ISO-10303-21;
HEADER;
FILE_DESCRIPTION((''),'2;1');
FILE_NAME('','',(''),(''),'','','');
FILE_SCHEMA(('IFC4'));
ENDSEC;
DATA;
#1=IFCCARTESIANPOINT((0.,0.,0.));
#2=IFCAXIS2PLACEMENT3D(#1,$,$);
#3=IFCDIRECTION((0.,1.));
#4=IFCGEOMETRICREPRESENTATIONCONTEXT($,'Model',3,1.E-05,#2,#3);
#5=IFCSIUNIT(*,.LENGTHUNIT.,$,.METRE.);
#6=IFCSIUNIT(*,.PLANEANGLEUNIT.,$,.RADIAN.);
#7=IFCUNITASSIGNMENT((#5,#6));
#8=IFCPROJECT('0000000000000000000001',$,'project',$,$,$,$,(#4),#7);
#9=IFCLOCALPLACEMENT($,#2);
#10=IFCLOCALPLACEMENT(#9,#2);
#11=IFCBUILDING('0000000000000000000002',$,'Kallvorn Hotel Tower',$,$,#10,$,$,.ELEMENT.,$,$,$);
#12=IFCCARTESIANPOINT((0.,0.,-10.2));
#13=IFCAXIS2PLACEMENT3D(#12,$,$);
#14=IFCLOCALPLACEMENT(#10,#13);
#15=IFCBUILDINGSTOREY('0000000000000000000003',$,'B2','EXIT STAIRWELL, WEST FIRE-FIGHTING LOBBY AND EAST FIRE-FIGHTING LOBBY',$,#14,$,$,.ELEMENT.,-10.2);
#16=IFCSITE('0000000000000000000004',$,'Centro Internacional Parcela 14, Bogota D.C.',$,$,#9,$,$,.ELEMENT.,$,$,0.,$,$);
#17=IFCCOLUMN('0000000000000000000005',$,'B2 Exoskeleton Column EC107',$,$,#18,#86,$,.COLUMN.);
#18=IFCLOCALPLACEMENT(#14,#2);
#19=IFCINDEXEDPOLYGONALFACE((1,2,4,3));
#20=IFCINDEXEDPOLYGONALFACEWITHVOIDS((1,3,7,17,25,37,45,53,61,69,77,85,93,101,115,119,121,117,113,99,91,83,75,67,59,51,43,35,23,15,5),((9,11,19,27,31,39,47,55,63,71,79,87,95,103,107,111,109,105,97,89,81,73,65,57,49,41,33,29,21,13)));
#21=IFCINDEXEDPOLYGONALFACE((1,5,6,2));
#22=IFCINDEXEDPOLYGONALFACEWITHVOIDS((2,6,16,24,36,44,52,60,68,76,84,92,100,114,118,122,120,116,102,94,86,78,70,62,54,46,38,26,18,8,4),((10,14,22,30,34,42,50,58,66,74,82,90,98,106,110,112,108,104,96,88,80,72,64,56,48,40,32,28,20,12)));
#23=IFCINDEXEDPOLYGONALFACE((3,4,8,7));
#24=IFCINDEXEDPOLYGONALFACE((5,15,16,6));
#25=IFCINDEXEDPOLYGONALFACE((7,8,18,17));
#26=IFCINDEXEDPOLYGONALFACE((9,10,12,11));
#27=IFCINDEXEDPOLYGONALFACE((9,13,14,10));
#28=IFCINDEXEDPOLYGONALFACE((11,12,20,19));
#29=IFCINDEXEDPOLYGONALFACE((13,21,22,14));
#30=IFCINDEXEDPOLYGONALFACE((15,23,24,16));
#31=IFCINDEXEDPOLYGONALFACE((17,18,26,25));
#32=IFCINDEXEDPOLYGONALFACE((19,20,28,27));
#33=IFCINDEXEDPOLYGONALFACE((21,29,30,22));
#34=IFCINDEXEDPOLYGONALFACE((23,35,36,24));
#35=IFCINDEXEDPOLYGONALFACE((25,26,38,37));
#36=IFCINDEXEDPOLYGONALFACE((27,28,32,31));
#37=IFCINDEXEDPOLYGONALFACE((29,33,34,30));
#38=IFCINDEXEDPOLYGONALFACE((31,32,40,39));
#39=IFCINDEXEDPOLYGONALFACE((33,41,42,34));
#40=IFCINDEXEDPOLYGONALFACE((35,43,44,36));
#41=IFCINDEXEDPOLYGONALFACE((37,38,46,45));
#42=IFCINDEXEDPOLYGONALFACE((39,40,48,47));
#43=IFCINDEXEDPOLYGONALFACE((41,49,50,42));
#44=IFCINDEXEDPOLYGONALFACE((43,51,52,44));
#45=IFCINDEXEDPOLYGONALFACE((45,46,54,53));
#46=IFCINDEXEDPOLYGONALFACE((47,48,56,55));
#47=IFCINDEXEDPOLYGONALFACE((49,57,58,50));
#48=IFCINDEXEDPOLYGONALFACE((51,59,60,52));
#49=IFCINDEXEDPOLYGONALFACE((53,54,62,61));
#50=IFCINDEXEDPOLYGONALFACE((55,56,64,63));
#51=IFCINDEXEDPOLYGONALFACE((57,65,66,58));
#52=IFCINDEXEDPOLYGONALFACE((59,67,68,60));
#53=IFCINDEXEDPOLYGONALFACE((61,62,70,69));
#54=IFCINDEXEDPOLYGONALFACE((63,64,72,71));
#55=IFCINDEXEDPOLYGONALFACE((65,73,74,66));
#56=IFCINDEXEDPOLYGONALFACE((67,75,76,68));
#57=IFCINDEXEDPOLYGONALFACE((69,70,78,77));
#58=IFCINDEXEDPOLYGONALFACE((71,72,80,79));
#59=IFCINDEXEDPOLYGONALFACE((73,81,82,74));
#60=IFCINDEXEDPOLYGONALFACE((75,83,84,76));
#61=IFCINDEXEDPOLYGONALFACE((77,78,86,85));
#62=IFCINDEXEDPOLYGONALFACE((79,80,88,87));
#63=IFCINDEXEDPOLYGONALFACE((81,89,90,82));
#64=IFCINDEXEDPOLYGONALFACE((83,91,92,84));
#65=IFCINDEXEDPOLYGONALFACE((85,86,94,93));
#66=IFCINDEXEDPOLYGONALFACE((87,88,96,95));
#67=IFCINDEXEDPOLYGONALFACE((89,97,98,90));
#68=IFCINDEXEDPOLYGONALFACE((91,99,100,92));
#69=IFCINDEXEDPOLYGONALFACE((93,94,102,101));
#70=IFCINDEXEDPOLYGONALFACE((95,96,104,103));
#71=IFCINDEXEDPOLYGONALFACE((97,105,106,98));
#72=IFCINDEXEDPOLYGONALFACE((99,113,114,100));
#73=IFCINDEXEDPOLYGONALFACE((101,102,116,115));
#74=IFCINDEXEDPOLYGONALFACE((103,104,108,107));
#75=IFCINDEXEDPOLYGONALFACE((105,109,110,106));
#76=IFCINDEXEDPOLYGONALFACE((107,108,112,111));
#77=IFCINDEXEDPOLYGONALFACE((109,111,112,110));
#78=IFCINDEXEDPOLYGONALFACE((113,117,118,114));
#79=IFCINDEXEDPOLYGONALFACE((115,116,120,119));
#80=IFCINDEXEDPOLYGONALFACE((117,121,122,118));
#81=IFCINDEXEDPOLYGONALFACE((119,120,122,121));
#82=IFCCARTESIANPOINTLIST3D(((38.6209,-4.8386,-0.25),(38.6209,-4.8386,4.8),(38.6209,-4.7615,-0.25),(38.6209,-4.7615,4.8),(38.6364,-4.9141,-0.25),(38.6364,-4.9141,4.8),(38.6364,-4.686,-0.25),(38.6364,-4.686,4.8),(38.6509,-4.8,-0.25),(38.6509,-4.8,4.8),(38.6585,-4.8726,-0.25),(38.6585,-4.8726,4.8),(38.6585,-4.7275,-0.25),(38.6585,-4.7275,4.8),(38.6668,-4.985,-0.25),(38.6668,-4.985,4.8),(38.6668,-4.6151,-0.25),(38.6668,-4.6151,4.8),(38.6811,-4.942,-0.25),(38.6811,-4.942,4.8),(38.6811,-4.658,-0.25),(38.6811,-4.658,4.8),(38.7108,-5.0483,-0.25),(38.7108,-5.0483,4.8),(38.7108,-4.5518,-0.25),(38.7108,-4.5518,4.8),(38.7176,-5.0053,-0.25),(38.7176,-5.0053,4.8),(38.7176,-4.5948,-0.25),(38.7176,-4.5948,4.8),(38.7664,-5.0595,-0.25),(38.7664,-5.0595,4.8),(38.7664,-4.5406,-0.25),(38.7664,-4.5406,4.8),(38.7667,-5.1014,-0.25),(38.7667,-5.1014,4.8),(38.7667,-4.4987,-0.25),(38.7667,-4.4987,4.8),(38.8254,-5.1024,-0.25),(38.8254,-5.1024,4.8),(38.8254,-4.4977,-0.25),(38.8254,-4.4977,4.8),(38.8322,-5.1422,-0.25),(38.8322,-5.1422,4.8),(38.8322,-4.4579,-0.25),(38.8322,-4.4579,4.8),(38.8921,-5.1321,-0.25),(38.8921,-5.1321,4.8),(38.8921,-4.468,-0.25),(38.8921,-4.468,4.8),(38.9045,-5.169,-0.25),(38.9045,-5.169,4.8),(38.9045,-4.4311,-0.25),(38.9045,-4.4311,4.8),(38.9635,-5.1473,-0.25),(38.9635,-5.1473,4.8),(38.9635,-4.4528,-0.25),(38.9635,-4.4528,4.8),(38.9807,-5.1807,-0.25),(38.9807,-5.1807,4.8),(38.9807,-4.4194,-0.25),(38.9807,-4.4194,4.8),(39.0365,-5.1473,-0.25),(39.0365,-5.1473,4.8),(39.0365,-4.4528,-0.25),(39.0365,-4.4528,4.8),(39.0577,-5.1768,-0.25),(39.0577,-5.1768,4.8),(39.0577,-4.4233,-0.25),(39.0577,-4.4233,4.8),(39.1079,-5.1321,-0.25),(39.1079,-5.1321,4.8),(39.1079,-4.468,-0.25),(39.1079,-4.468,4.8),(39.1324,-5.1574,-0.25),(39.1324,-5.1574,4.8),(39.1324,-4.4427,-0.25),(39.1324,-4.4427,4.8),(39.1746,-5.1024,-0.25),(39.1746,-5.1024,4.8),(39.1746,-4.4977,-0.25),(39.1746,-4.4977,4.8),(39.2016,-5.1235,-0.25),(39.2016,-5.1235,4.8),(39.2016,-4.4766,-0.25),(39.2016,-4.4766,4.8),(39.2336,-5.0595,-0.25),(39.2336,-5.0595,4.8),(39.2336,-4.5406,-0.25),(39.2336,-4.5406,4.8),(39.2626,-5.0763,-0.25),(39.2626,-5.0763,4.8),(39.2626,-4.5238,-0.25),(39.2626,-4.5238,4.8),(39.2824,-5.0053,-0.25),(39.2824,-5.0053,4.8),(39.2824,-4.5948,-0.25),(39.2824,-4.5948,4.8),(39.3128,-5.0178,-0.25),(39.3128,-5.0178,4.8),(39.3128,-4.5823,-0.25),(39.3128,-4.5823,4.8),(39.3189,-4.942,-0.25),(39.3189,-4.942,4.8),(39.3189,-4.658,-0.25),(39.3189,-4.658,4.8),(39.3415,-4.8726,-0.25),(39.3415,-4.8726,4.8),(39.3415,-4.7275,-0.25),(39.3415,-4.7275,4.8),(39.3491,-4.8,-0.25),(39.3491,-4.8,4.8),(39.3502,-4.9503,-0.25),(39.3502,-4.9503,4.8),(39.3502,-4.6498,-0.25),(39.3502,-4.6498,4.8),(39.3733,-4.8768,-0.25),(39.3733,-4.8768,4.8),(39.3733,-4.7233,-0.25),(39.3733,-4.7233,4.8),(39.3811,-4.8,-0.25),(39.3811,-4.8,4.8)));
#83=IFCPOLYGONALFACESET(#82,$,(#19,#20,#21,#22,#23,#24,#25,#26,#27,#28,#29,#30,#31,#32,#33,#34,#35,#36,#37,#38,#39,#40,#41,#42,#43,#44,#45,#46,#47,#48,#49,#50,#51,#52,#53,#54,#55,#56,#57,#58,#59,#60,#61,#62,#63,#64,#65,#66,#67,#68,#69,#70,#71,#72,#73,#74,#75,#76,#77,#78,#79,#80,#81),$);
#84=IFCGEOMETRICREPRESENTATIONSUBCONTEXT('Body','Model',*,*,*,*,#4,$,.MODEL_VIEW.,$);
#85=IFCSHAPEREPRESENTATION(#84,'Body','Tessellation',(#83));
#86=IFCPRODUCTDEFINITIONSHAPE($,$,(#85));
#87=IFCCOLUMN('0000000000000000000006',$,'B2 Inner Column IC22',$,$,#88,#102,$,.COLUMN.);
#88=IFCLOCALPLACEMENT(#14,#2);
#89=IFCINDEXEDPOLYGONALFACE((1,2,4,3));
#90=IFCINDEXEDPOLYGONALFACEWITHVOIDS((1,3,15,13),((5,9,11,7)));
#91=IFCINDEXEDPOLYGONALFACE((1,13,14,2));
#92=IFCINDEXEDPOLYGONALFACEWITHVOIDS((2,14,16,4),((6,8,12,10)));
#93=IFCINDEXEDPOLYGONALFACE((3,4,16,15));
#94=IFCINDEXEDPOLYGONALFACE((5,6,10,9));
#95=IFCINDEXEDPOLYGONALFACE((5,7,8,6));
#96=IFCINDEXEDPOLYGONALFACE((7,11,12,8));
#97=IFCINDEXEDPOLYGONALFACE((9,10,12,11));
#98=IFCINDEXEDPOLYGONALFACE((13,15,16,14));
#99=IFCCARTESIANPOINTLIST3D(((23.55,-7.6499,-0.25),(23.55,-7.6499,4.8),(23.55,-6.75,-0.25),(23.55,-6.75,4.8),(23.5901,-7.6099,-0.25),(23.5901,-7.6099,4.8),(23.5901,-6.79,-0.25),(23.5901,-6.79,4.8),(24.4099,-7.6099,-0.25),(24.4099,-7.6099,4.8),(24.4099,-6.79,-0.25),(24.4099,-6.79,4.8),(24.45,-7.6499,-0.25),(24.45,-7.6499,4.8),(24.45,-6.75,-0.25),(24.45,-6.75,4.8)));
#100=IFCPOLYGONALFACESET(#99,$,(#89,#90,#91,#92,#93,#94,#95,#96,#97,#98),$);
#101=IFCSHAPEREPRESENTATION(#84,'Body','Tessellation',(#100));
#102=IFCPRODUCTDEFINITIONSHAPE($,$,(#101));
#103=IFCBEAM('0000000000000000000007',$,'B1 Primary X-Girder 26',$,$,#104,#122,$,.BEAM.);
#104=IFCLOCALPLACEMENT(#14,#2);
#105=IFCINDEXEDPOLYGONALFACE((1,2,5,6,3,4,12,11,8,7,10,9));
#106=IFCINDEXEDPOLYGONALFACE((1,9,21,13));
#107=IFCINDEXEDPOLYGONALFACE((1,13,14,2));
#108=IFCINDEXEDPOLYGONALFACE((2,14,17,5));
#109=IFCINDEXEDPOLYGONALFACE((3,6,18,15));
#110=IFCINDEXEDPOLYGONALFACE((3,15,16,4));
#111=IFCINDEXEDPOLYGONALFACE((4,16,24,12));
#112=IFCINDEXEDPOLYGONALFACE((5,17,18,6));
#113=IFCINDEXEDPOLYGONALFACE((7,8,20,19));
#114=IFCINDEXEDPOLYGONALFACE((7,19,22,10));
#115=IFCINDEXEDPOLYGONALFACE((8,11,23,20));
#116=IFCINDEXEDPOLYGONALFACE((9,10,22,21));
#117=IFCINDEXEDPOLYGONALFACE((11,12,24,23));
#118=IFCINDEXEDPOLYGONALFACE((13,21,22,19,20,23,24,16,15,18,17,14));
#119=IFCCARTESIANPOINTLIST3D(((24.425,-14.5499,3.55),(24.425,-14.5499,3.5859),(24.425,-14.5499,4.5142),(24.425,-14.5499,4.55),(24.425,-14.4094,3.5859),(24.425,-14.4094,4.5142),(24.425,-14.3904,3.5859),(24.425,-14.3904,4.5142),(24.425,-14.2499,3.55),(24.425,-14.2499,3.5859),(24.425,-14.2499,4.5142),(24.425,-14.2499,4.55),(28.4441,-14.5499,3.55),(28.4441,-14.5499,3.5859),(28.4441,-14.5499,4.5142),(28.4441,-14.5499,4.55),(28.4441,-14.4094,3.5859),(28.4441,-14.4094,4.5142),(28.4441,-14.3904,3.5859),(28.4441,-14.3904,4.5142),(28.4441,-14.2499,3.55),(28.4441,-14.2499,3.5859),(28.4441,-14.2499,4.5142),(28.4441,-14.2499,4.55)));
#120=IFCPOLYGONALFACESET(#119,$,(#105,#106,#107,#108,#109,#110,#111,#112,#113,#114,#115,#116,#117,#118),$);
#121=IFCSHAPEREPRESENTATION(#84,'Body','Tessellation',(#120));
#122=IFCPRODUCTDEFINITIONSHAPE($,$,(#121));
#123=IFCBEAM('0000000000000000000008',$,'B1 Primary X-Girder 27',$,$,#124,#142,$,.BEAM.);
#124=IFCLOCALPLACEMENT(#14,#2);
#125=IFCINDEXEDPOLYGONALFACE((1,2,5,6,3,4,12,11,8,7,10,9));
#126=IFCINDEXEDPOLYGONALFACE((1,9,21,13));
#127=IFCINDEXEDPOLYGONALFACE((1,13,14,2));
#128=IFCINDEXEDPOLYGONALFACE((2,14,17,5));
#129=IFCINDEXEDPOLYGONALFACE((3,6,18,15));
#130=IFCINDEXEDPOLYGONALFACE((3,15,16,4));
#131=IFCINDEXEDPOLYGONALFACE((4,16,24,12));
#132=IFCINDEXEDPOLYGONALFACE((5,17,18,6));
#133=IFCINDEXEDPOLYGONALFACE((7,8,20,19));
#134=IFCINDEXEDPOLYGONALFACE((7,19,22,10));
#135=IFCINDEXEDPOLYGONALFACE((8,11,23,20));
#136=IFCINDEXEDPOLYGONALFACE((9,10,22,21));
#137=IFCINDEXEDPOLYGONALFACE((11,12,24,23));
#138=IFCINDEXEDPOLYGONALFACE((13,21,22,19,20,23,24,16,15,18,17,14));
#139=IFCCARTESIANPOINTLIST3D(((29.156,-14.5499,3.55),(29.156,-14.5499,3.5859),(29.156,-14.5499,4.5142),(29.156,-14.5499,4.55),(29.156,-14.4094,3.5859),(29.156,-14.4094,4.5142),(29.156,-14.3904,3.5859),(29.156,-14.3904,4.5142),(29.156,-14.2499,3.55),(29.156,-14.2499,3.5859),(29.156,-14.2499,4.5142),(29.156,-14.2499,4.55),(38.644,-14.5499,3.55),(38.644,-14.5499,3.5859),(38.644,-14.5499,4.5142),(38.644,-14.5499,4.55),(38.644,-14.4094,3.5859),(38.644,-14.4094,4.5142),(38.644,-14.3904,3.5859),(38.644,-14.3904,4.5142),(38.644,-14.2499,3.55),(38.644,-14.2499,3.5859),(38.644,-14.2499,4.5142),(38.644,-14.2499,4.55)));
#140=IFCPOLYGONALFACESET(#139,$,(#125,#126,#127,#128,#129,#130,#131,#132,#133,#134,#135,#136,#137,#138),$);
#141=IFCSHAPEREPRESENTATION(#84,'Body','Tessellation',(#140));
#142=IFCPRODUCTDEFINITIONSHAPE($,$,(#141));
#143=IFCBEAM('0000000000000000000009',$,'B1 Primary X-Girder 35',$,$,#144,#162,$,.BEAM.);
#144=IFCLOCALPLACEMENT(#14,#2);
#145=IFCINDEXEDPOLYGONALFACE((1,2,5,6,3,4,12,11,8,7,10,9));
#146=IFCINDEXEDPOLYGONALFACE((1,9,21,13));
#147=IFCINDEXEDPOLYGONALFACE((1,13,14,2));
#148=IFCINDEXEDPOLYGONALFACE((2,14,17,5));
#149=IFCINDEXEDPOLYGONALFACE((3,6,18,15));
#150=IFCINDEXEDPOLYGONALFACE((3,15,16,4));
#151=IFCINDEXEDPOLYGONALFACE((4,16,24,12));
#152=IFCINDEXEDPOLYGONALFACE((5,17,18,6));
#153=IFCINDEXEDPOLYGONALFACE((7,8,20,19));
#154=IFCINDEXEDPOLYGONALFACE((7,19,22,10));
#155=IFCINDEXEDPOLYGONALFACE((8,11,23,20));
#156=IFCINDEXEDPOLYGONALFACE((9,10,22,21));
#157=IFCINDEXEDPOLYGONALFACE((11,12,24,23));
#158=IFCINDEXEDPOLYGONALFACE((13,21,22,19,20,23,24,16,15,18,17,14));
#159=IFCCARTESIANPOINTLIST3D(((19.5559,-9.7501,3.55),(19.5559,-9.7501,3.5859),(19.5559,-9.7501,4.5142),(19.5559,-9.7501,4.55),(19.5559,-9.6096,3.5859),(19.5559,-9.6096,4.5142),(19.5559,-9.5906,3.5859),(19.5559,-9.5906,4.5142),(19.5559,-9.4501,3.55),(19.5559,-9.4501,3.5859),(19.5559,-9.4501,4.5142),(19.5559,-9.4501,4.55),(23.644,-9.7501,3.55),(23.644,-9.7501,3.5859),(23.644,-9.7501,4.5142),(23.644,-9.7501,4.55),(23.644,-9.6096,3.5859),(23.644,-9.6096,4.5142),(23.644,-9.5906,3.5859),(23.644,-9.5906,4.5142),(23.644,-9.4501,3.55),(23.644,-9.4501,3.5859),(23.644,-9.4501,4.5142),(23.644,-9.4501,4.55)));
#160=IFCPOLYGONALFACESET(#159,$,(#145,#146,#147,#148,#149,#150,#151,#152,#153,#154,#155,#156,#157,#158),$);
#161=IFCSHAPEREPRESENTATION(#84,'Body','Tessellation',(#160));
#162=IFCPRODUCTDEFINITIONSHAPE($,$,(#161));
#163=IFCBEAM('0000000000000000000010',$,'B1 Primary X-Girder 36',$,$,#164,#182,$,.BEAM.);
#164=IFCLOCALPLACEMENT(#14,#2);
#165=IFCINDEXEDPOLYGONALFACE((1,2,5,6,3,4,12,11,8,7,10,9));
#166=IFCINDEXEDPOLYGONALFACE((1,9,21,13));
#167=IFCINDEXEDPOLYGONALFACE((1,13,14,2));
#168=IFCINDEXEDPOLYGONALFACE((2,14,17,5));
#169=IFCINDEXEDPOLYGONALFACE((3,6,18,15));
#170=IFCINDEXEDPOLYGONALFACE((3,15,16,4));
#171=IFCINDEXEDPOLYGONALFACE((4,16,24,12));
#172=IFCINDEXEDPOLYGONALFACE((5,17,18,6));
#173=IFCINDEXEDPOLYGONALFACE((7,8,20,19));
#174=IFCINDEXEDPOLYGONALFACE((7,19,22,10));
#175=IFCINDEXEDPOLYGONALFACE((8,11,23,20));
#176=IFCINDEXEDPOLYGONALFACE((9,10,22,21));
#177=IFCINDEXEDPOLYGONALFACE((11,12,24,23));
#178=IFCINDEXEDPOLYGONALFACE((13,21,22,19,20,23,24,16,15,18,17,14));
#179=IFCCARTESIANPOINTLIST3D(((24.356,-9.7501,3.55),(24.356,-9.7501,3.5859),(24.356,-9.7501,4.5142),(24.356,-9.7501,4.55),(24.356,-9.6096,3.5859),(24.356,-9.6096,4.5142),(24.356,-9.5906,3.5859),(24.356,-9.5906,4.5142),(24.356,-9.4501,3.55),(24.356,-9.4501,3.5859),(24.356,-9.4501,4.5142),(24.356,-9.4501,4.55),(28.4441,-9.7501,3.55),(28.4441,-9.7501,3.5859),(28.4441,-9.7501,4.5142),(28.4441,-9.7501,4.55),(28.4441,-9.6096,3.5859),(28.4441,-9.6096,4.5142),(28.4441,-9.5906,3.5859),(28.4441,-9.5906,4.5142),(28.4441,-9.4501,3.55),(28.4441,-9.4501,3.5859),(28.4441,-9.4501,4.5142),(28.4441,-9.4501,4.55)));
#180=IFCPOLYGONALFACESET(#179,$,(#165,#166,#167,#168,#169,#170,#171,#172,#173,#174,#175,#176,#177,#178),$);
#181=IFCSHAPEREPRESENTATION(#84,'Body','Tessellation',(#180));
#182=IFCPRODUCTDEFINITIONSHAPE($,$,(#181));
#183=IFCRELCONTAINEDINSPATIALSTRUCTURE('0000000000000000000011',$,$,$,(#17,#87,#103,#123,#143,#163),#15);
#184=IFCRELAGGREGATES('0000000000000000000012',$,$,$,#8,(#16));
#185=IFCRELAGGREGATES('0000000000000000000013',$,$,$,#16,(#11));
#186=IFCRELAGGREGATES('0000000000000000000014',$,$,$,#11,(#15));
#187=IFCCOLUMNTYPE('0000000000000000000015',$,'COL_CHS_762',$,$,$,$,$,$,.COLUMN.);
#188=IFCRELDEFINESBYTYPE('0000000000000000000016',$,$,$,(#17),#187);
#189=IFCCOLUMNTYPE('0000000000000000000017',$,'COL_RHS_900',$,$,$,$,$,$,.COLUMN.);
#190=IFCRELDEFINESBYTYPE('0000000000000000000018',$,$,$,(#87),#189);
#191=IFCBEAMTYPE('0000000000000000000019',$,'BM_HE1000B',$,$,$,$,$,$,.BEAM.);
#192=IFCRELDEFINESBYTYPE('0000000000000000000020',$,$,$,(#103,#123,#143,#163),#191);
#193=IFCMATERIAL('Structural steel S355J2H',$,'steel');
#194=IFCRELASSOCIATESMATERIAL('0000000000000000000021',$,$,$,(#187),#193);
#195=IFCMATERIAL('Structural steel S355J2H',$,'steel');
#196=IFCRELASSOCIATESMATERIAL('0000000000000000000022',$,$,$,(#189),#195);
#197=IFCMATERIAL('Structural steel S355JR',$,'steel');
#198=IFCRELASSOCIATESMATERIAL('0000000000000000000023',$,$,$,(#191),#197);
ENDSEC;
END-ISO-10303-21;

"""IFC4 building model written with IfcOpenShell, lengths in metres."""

from ifc_helpers import new_model, si_unit, direction, frame, origin, origin_2d, place, context, subcontext, project, spatial, hollow_rectangle, hollow_circle, i_section, extrude, material, material_profile, profile_set, type_object, element, save


model = new_model("IFC4")

# Units and contexts
model_context = context("Model", 3, precision=1e-05, world=origin(), true_north=direction((0.0, 1.0)))
body_context = subcontext(model_context, "Body", "Model", "MODEL_VIEW")
ifc_project = project(units=[si_unit("LENGTHUNIT", "METRE"), si_unit("PLANEANGLEUNIT", "RADIAN")], contexts=[model_context])

# Site, building, storey
site_placement = place(None, origin())
site = spatial("IfcSite", under=ifc_project, at=site_placement, Name="Centro Internacional Parcela 14, Bogota D.C.", CompositionType="ELEMENT", RefElevation=0.0)
building_placement = place(site_placement, origin())
building = spatial("IfcBuilding", under=site, at=building_placement, Name="Kallvorn Hotel Tower", CompositionType="ELEMENT")
storey_placement = place(building_placement, frame((0.0, 0.0, -10.2)))
storey = spatial("IfcBuildingStorey", under=building, at=storey_placement, Name="B2", Description="EXIT STAIRWELL, WEST FIRE-FIGHTING LOBBY AND EAST FIRE-FIGHTING LOBBY", CompositionType="ELEMENT", Elevation=-10.2)

# Columns
ifc_material_1 = material(Name="Structural steel S355J2H", Category="steel")
ifc_material_profile_1 = material_profile(ifc_material_1, hollow_circle(Radius=0.3811, WallThickness=0.032, at=origin_2d()), Name="CHS 762x32")
ifc_profile_set_1 = profile_set([ifc_material_profile_1], Name="Structural steel S355J2H")
column_type_1 = type_object("IfcColumnType", Name="COL_CHS_762", PredefinedType="COLUMN", material=ifc_profile_set_1)
for number, where, z_axis, x_axis, name in (
    (1, (39.0, -4.8, -0.25), (0.0, 0.0, 1.0), (1.0, 0.0, 0.0), "B2 Exoskeleton Column EC107"),
):
    element("IfcColumn", number, at=place(storey_placement, frame(where, z_axis=z_axis, x_axis=x_axis)), inside=storey, type_object=column_type_1, Name=name, PredefinedType="COLUMN", context=body_context, shape_type="SweptSolid", body=[
        extrude(hollow_circle(Radius=0.3811, WallThickness=0.032, at=origin_2d()), origin(), (0.0, 0.0, 1.0), 5.05),
    ])
ifc_material_2 = material(Name="Structural steel S355J2H", Category="steel")
ifc_material_profile_2 = material_profile(ifc_material_2, hollow_rectangle(XDim=0.8999, YDim=0.8999, WallThickness=0.04, at=origin_2d()), Name="RHS 900x900x40")
ifc_profile_set_2 = profile_set([ifc_material_profile_2], Name="Structural steel S355J2H")
column_type_2 = type_object("IfcColumnType", Name="COL_RHS_900", PredefinedType="COLUMN", material=ifc_profile_set_2)
column_placement = place(storey_placement, frame((24.0, -7.2, -0.25), z_axis=(0.0, 0.0, 1.0), x_axis=(1.0, 0.0, 0.0)))
element("IfcColumn", 2, at=column_placement, inside=storey, type_object=column_type_2, Name="B2 Inner Column IC22", PredefinedType="COLUMN", context=body_context, shape_type="SweptSolid", body=[
    extrude(hollow_rectangle(XDim=0.8999, YDim=0.8999, WallThickness=0.04, at=origin_2d()), origin(), (0.0, 0.0, 1.0), 5.05),
])

# Beams
ifc_material_3 = material(Name="Structural steel S355JR", Category="steel")
ifc_material_profile_3 = material_profile(ifc_material_3, i_section(OverallWidth=0.3, OverallDepth=1.0, WebThickness=0.019, FlangeThickness=0.0359, at=origin_2d()), Name="HE 1000 B")
ifc_profile_set_3 = profile_set([ifc_material_profile_3], Name="Structural steel S355JR")
beam_type_1 = type_object("IfcBeamType", Name="BM_HE1000B", PredefinedType="BEAM", material=ifc_profile_set_3)
beam_1_placement = place(storey_placement, frame((24.425, -14.3999, 4.05), z_axis=(1.0, 0.0, 0.0), x_axis=(0.0, 1.0, 0.0)))
element("IfcBeam", 3, at=beam_1_placement, inside=storey, type_object=beam_type_1, Name="B1 Primary X-Girder 26", PredefinedType="BEAM", context=body_context, shape_type="SweptSolid", body=[
    extrude(i_section(OverallWidth=0.3, OverallDepth=1.0, WebThickness=0.019, FlangeThickness=0.0359, at=origin_2d()), origin(), (0.0, 0.0, 1.0), 4.019),
])
beam_2_placement = place(storey_placement, frame((29.156, -14.3999, 4.05), z_axis=(1.0, 0.0, 0.0), x_axis=(0.0, 1.0, 0.0)))
element("IfcBeam", 4, at=beam_2_placement, inside=storey, type_object=beam_type_1, Name="B1 Primary X-Girder 27", PredefinedType="BEAM", context=body_context, shape_type="SweptSolid", body=[
    extrude(i_section(OverallWidth=0.3, OverallDepth=1.0, WebThickness=0.019, FlangeThickness=0.0359, at=origin_2d()), origin(), (0.0, 0.0, 1.0), 9.488),
])
for number, where, z_axis, x_axis, name in (
    (5, (19.5559, -9.6001, 4.05), (1.0, 0.0, 0.0), (0.0, 1.0, 0.0), "B1 Primary X-Girder 35"),
    (6, (24.356, -9.6001, 4.05), (1.0, 0.0, 0.0), (0.0, 1.0, 0.0), "B1 Primary X-Girder 36"),
):
    element("IfcBeam", number, at=place(storey_placement, frame(where, z_axis=z_axis, x_axis=x_axis)), inside=storey, type_object=beam_type_1, Name=name, PredefinedType="BEAM", context=body_context, shape_type="SweptSolid", body=[
        extrude(i_section(OverallWidth=0.3, OverallDepth=1.0, WebThickness=0.019, FlangeThickness=0.0359, at=origin_2d()), origin(), (0.0, 0.0, 1.0), 4.0881),
    ])

save(model, "model.ifc")
